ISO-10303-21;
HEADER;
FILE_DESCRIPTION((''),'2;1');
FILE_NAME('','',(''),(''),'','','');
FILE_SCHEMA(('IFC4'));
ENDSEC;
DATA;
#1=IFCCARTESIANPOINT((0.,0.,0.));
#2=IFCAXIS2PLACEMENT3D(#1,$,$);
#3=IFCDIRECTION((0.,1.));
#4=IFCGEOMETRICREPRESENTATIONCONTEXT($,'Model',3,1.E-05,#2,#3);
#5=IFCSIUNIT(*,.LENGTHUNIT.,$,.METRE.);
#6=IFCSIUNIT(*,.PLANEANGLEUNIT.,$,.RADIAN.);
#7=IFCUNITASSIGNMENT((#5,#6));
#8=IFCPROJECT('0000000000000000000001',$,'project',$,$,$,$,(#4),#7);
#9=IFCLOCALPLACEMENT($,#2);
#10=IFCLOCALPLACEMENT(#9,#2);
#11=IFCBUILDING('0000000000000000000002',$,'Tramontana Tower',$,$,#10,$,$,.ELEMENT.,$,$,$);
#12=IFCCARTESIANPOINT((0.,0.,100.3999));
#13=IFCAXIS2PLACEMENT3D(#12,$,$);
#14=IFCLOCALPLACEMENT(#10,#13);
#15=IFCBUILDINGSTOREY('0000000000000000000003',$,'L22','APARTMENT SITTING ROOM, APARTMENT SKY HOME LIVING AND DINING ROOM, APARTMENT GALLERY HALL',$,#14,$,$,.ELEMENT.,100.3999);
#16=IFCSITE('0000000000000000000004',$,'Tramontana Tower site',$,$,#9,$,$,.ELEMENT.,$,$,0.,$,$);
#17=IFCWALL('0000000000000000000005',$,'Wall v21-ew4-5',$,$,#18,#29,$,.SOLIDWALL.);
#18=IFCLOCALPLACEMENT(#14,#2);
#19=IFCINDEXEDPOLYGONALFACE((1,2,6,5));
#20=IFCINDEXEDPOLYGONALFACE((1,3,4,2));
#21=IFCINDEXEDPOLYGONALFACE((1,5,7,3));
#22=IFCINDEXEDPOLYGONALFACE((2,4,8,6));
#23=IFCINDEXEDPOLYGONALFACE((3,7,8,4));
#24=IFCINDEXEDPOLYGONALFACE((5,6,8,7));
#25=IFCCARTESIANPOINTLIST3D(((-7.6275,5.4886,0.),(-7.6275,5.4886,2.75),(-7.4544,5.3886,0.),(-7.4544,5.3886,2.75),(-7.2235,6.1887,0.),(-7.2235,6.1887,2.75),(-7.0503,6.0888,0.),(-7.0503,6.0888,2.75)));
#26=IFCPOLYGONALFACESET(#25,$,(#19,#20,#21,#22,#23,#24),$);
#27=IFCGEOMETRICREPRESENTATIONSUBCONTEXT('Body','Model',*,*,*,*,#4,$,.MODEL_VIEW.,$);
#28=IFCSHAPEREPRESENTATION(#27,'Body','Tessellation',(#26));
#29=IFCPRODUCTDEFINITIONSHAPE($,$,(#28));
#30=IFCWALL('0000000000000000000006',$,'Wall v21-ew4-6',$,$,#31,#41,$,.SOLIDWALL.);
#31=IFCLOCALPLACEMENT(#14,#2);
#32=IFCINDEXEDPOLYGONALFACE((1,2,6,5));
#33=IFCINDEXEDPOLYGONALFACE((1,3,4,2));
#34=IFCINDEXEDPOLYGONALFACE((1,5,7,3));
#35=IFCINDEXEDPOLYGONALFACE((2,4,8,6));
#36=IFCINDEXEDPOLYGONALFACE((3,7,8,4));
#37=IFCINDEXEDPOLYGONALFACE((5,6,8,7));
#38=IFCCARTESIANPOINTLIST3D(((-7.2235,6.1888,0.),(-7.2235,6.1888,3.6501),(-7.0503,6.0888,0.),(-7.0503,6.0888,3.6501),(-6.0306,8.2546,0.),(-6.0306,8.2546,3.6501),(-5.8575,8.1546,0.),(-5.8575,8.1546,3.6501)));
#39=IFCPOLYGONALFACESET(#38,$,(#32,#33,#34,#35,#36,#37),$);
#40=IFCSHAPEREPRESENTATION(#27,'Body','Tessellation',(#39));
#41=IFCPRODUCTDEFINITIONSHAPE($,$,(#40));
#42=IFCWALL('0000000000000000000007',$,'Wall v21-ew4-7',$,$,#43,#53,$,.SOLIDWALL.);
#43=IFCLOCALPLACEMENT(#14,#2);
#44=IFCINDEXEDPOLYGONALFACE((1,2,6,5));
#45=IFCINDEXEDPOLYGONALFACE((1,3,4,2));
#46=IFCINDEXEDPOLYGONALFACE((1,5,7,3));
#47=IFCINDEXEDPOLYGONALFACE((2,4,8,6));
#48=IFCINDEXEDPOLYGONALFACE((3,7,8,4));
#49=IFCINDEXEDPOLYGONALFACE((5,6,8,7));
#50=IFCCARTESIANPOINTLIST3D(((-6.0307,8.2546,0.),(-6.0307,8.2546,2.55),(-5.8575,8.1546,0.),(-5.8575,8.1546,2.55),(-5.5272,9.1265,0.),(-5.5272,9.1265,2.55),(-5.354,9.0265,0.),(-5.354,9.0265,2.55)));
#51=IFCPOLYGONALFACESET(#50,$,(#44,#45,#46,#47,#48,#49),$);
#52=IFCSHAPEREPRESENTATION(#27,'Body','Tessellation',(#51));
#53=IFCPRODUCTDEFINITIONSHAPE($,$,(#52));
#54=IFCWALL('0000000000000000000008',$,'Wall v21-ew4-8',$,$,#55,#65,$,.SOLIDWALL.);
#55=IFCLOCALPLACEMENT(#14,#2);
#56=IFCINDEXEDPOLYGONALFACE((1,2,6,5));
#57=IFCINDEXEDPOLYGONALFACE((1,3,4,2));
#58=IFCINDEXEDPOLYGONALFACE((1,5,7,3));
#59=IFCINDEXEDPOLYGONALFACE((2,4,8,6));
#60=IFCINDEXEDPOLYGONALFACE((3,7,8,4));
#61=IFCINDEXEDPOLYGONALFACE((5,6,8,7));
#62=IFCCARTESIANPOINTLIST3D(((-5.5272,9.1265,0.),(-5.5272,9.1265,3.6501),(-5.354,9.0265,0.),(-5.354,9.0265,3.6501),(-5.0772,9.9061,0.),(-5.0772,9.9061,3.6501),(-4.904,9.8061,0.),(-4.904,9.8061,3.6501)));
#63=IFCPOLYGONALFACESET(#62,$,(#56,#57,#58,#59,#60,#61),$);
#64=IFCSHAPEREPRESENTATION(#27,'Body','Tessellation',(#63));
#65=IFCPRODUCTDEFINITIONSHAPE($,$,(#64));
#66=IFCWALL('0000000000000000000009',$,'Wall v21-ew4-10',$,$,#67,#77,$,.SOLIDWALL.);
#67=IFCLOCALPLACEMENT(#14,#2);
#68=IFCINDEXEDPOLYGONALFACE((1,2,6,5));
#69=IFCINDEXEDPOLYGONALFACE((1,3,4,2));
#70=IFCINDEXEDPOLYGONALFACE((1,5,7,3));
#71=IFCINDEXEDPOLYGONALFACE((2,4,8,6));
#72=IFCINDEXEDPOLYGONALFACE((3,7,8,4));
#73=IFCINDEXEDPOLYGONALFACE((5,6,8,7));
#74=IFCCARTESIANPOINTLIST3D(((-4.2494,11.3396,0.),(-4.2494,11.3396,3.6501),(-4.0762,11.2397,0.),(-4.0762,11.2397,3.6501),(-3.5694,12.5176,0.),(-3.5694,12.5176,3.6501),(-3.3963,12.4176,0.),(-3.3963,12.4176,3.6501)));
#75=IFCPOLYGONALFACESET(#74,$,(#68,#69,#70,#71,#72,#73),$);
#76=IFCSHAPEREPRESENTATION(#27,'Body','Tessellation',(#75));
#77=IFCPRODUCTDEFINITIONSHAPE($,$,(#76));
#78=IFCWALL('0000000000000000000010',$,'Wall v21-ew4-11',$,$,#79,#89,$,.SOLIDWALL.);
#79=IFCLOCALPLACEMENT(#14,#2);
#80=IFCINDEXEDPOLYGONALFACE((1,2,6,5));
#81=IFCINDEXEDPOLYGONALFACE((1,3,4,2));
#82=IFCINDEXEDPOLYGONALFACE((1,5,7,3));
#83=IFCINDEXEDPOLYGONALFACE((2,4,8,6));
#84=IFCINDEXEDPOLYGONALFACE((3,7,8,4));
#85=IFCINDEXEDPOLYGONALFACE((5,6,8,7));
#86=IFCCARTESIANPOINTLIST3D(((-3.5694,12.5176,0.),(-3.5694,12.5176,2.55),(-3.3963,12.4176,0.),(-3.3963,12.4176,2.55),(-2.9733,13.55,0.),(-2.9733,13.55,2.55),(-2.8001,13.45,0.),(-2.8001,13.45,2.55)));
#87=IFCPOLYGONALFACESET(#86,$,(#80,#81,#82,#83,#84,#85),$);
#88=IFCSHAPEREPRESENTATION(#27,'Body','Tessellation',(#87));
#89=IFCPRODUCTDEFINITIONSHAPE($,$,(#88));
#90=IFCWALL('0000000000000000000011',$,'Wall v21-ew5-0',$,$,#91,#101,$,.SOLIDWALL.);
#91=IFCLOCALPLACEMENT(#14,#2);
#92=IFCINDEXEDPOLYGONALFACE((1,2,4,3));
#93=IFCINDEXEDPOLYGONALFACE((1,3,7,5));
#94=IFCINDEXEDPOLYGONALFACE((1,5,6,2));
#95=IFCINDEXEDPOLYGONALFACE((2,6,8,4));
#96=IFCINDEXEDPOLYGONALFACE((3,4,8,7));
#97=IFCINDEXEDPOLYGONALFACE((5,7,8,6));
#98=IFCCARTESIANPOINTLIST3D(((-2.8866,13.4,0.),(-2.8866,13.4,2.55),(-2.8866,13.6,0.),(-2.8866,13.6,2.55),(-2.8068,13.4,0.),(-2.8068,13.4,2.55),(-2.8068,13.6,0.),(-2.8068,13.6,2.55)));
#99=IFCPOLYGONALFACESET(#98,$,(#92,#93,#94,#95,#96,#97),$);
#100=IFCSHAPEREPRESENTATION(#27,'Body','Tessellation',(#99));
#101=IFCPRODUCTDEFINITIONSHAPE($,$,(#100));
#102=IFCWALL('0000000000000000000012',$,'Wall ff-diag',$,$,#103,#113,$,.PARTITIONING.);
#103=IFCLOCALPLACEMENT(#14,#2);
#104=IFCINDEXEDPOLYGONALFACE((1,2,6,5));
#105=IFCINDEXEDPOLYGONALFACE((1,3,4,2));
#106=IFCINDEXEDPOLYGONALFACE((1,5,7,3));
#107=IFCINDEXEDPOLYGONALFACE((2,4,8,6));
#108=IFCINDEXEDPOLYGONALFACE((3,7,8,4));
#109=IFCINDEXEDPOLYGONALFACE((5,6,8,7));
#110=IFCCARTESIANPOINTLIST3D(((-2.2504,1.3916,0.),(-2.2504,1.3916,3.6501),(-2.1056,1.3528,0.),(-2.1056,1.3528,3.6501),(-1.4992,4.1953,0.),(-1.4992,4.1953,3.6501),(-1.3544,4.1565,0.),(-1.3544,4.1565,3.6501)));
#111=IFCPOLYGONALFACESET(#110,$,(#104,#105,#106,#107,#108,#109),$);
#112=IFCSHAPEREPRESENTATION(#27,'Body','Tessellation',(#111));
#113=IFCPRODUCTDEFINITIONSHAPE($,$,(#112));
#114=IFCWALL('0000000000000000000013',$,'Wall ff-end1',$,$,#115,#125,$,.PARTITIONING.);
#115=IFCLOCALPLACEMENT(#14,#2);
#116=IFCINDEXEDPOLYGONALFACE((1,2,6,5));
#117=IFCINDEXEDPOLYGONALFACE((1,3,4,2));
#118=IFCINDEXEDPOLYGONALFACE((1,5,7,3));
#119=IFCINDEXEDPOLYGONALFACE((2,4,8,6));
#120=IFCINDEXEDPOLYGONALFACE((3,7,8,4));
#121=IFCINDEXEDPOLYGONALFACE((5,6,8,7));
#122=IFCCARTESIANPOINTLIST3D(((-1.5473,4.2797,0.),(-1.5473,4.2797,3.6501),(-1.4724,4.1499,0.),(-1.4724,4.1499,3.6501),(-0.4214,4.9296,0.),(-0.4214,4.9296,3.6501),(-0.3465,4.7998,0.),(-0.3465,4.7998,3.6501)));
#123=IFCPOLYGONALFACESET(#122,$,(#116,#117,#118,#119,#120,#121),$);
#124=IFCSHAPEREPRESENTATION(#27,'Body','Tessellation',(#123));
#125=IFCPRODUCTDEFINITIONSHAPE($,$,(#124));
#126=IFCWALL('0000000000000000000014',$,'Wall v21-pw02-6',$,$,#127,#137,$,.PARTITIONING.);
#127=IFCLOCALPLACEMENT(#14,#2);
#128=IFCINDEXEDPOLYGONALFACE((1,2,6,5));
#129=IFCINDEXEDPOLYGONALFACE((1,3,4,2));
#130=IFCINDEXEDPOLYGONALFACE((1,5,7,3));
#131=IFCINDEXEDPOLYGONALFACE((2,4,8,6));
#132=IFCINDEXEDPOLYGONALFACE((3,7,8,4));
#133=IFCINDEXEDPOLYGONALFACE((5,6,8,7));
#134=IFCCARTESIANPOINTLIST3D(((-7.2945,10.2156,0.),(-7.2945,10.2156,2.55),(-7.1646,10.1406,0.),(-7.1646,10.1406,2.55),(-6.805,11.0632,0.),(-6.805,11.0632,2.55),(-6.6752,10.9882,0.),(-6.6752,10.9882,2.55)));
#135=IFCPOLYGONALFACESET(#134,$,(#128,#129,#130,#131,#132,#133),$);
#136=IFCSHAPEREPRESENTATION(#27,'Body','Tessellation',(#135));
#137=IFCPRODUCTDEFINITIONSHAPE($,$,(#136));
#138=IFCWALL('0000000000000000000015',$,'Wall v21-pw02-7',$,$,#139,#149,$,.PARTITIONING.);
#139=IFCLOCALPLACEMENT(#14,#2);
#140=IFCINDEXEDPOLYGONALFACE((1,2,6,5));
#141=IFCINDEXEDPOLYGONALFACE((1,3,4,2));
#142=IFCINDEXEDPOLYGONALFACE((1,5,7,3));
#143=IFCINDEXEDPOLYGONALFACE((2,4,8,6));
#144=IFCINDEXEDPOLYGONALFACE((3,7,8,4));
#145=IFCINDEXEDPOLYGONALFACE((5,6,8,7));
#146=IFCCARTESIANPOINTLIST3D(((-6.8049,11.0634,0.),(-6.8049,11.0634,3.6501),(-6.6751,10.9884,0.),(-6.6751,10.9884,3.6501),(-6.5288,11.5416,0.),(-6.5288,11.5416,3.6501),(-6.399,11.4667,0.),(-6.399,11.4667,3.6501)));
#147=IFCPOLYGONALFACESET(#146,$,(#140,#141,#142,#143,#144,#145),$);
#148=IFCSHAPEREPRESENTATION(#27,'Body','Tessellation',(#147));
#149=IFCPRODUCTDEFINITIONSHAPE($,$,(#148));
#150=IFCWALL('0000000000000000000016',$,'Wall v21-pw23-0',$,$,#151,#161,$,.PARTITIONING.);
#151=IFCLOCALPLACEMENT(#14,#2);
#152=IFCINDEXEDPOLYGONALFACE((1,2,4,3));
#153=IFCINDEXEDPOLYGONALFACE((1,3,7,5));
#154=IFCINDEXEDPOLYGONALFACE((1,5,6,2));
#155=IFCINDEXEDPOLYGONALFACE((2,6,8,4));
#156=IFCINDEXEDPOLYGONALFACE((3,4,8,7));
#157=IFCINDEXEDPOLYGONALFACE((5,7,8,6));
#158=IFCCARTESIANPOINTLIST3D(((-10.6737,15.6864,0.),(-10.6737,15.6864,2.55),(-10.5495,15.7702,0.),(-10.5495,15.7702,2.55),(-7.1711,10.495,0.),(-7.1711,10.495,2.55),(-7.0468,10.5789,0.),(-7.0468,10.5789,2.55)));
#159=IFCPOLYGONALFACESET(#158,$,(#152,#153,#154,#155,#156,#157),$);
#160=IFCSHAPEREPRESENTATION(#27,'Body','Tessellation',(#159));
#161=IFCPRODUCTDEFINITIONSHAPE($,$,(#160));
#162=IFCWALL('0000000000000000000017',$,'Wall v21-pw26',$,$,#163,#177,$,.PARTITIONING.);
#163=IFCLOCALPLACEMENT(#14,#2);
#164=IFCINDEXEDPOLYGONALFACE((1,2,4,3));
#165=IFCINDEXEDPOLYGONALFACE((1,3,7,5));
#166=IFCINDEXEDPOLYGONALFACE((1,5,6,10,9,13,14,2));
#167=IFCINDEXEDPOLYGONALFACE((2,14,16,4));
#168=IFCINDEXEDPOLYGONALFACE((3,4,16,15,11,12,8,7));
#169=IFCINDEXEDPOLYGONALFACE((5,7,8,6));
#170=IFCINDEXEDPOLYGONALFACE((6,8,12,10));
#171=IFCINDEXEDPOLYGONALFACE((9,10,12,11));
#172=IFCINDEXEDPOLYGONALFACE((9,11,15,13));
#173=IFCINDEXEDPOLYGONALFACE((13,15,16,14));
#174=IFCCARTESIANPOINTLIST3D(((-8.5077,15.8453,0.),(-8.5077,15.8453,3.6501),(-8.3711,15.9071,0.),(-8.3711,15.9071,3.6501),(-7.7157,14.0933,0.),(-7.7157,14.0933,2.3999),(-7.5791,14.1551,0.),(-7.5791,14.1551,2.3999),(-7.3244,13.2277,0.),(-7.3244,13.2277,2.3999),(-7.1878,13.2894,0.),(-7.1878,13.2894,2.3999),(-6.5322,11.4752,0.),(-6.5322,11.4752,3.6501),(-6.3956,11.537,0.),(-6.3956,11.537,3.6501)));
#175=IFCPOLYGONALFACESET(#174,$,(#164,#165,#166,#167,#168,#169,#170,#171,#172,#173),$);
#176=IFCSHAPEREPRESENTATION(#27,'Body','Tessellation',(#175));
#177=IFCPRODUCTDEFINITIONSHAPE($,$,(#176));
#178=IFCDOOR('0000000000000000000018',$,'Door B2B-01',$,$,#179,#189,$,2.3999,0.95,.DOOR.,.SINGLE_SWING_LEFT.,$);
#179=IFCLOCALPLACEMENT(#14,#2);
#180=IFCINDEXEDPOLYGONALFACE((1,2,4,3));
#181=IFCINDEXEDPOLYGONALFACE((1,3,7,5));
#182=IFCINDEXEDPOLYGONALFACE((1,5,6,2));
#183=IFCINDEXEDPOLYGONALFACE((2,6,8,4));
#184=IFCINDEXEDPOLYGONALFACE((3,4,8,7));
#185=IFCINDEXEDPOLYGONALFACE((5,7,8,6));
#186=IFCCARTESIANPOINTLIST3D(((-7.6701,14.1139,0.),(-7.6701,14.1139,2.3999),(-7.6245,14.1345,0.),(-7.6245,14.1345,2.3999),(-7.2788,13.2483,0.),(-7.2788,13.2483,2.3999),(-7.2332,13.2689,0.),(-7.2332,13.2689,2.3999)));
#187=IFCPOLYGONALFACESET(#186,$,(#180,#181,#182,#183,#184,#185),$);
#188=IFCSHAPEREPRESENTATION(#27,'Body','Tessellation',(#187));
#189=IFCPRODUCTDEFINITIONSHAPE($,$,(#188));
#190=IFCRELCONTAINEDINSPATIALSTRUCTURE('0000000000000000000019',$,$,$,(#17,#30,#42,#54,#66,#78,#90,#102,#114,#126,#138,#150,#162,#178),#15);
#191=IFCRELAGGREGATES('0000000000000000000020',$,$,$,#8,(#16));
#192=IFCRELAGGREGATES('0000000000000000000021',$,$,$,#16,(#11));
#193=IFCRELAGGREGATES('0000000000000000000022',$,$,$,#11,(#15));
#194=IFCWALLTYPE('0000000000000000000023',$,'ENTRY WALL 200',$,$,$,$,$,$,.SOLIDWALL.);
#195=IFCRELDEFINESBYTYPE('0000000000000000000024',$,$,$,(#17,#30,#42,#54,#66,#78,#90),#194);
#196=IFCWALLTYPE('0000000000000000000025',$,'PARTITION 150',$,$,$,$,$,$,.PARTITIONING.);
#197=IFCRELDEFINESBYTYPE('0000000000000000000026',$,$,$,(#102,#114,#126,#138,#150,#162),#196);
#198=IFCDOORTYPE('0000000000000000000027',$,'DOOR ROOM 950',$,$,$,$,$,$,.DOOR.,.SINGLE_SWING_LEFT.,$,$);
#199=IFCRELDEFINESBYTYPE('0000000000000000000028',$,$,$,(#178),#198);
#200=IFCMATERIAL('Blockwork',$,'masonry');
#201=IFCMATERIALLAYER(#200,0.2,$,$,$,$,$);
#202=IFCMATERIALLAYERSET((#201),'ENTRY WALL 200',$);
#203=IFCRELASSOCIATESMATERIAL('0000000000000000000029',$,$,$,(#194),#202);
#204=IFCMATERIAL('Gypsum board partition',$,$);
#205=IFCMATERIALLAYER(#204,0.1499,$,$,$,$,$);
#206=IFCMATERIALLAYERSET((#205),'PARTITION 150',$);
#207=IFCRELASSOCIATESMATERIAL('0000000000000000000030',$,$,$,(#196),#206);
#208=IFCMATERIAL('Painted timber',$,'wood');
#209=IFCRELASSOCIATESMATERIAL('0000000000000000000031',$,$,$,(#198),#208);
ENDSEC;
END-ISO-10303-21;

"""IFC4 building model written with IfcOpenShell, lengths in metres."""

from ifc_helpers import new_model, si_unit, direction, frame, frame_2d, origin, place, context, subcontext, project, spatial, rectangle, extrude, material, layer, layer_set, type_object, element, fill, save


model = new_model("IFC4")

# Units and contexts
model_context = context("Model", 3, precision=1e-05, world=origin(), true_north=direction((0.0, 1.0)))
body_context = subcontext(model_context, "Body", "Model", "MODEL_VIEW")
ifc_project = project(units=[si_unit("LENGTHUNIT", "METRE"), si_unit("PLANEANGLEUNIT", "RADIAN")], contexts=[model_context])

# Site, building, storey
site_placement = place(None, origin())
site = spatial("IfcSite", under=ifc_project, at=site_placement, Name="Tramontana Tower site", CompositionType="ELEMENT", RefElevation=0.0)
building_placement = place(site_placement, origin())
building = spatial("IfcBuilding", under=site, at=building_placement, Name="Tramontana Tower", CompositionType="ELEMENT")
storey_placement = place(building_placement, frame((0.0, 0.0, 100.3999)))
storey = spatial("IfcBuildingStorey", under=building, at=storey_placement, Name="L22", Description="APARTMENT SITTING ROOM, APARTMENT SKY HOME LIVING AND DINING ROOM, APARTMENT GALLERY HALL", CompositionType="ELEMENT", Elevation=100.3999)

# Walls
ifc_material_1 = material(Name="Blockwork", Category="masonry")
ifc_layer_1 = layer(ifc_material_1, 0.2)
ifc_layer_set_1 = layer_set([ifc_layer_1], Name="ENTRY WALL 200")
wall_type_1 = type_object("IfcWallType", Name="ENTRY WALL 200", PredefinedType="SOLIDWALL", material=ifc_layer_set_1)
wall_1_placement = place(storey_placement, frame((-7.541, 5.4385, 0.0), z_axis=(0.0, 0.0, 1.0), x_axis=(0.49981, 0.866135, 0.0)))
element("IfcWall", 1, at=wall_1_placement, inside=storey, type_object=wall_type_1, Name="Wall v21-ew4-5", PredefinedType="SOLIDWALL", context=body_context, shape_type="SweptSolid", body=[
    extrude(rectangle(XDim=0.8083, YDim=0.2, at=frame_2d((0.4043, 0.0))), origin(), (0.0, 0.0, 1.0), 2.75),
])
wall_2_placement = place(storey_placement, frame((-7.137, 6.1387, 0.0), z_axis=(0.0, 0.0, 1.0), x_axis=(0.500035, 0.866005, 0.0)))
element("IfcWall", 2, at=wall_2_placement, inside=storey, type_object=wall_type_1, Name="Wall v21-ew4-6", PredefinedType="SOLIDWALL", context=body_context, shape_type="SweptSolid", body=[
    extrude(rectangle(XDim=2.3855, YDim=0.2, at=frame_2d((1.1929, 0.0))), origin(), (0.0, 0.0, 1.0), 3.6501),
])
wall_3_placement = place(storey_placement, frame((-5.9441, 8.2046, 0.0), z_axis=(0.0, 0.0, 1.0), x_axis=(0.500051, 0.865996, 0.0)))
element("IfcWall", 3, at=wall_3_placement, inside=storey, type_object=wall_type_1, Name="Wall v21-ew4-7", PredefinedType="SOLIDWALL", context=body_context, shape_type="SweptSolid", body=[
    extrude(rectangle(XDim=1.0068, YDim=0.2, at=frame_2d((0.5034, 0.0))), origin(), (0.0, 0.0, 1.0), 2.55),
])
wall_4_placement = place(storey_placement, frame((-5.4407, 9.0764, 0.0), z_axis=(0.0, 0.0, 1.0), x_axis=(0.499902, 0.866082, 0.0)))
element("IfcWall", 4, at=wall_4_placement, inside=storey, type_object=wall_type_1, Name="Wall v21-ew4-8", PredefinedType="SOLIDWALL", context=body_context, shape_type="SweptSolid", body=[
    extrude(rectangle(XDim=0.9001, YDim=0.2, at=frame_2d((0.4502, 0.0))), origin(), (0.0, 0.0, 1.0), 3.6501),
])

# Walls
wall_5_placement = place(storey_placement, frame((-4.1628, 11.2896, 0.0), z_axis=(0.0, 0.0, 1.0), x_axis=(0.499904, 0.866081, 0.0)))
element("IfcWall", 5, at=wall_5_placement, inside=storey, type_object=wall_type_1, Name="Wall v21-ew4-10", PredefinedType="SOLIDWALL", context=body_context, shape_type="SweptSolid", body=[
    extrude(rectangle(XDim=1.3601, YDim=0.2, at=frame_2d((0.6802, 0.0))), origin(), (0.0, 0.0, 1.0), 3.6501),
])
wall_6_placement = place(storey_placement, frame((-3.4829, 12.4675, 0.0), z_axis=(0.0, 0.0, 1.0), x_axis=(0.500059, 0.865991, 0.0)))
element("IfcWall", 6, at=wall_6_placement, inside=storey, type_object=wall_type_1, Name="Wall v21-ew4-11", PredefinedType="SOLIDWALL", context=body_context, shape_type="SweptSolid", body=[
    extrude(rectangle(XDim=1.1921, YDim=0.2, at=frame_2d((0.5962, 0.0))), origin(), (0.0, 0.0, 1.0), 2.55),
])
wall_7_placement = place(storey_placement, frame((-2.8867, 13.5, 0.0), z_axis=(0.0, 0.0, 1.0), x_axis=(1.0, 0.0, 0.0)))
element("IfcWall", 7, at=wall_7_placement, inside=storey, type_object=wall_type_1, Name="Wall v21-ew5-0", PredefinedType="SOLIDWALL", context=body_context, shape_type="SweptSolid", body=[
    extrude(rectangle(XDim=0.0798, YDim=0.2, at=frame_2d((0.04, 0.0))), origin(), (0.0, 0.0, 1.0), 2.55),
])
ifc_material_2 = material(Name="Gypsum board partition")
ifc_layer_2 = layer(ifc_material_2, 0.1499)
ifc_layer_set_2 = layer_set([ifc_layer_2], Name="PARTITION 150")
wall_type_2 = type_object("IfcWallType", Name="PARTITION 150", PredefinedType="PARTITIONING", material=ifc_layer_set_2)
wall_8_placement = place(storey_placement, frame((-2.178, 1.3723, 0.0), z_axis=(0.0, 0.0, 1.0), x_axis=(0.258809, 0.965929, 0.0)))
element("IfcWall", 8, at=wall_8_placement, inside=storey, type_object=wall_type_2, Name="Wall ff-diag", PredefinedType="PARTITIONING", context=body_context, shape_type="SweptSolid", body=[
    extrude(rectangle(XDim=2.9026, YDim=0.1499, at=frame_2d((1.4512, 0.0))), origin(), (0.0, 0.0, 1.0), 3.6501),
])
wall_9_placement = place(storey_placement, frame((-1.5098, 4.2148, 0.0), z_axis=(0.0, 0.0, 1.0), x_axis=(0.866086, 0.499896, 0.0)))
element("IfcWall", 9, at=wall_9_placement, inside=storey, type_object=wall_type_2, Name="Wall ff-end1", PredefinedType="PARTITIONING", context=body_context, shape_type="SweptSolid", body=[
    extrude(rectangle(XDim=1.3, YDim=0.1499, at=frame_2d((0.6499, 0.0))), origin(), (0.0, 0.0, 1.0), 3.6501),
])
wall_10_placement = place(storey_placement, frame((-7.2295, 10.1782, 0.0), z_axis=(0.0, 0.0, 1.0), x_axis=(0.500082, 0.865978, 0.0)))
element("IfcWall", 10, at=wall_10_placement, inside=storey, type_object=wall_type_2, Name="Wall v21-pw02-6", PredefinedType="PARTITIONING", context=body_context, shape_type="SweptSolid", body=[
    extrude(rectangle(XDim=0.9788, YDim=0.1499, at=frame_2d((0.4893, 0.0))), origin(), (0.0, 0.0, 1.0), 2.55),
])
wall_11_placement = place(storey_placement, frame((-6.74, 11.0259, 0.0), z_axis=(0.0, 0.0, 1.0), x_axis=(0.49999, 0.866031, 0.0)))
element("IfcWall", 11, at=wall_11_placement, inside=storey, type_object=wall_type_2, Name="Wall v21-pw02-7", PredefinedType="PARTITIONING", context=body_context, shape_type="SweptSolid", body=[
    extrude(rectangle(XDim=0.5522, YDim=0.1499, at=frame_2d((0.2761, 0.0))), origin(), (0.0, 0.0, 1.0), 3.6501),
])

# Wall
wall_12_placement = place(storey_placement, frame((-7.1089, 10.5369, 0.0), z_axis=(0.0, 0.0, 1.0), x_axis=(-0.559307, 0.828961, 0.0)))
element("IfcWall", 12, at=wall_12_placement, inside=storey, type_object=wall_type_2, Name="Wall v21-pw23-0", PredefinedType="PARTITIONING", context=body_context, shape_type="SweptSolid", body=[
    extrude(rectangle(XDim=6.2625, YDim=0.1499, at=frame_2d((3.1313, 0.0))), origin(), (0.0, 0.0, 1.0), 2.55),
])

# Wall, opening, door
wall_13_placement = place(storey_placement, frame((-6.4639, 11.5061, 0.0), z_axis=(0.0, 0.0, 1.0), x_axis=(-0.41193, 0.911215, 0.0)))
wall_13 = element("IfcWall", 13, at=wall_13_placement, inside=storey, type_object=wall_type_2, Name="Wall v21-pw26", PredefinedType="PARTITIONING", context=body_context, shape_type="SweptSolid", body=[
    extrude(rectangle(XDim=4.7959, YDim=0.1499, at=frame_2d((2.3979, 0.0))), origin(), (0.0, 0.0, 1.0), 3.6501),
])
opening_1_placement = place(wall_13_placement, frame((1.9231, 0.0, 0.0)))
opening_1 = element("IfcOpeningElement", 14, at=opening_1_placement, cuts=wall_13, PredefinedType="OPENING", context=body_context, shape_type="SweptSolid", body=[
    extrude(rectangle(XDim=0.95, YDim=2.3999, at=frame_2d((0.4751, 1.2))), frame((0.0, 0.085, 0.0), z_axis=(0.0, -1.0, 0.0), x_axis=(1.0, 0.0, 0.0)), (0.0, 0.0, 1.0), 0.1699),
])
ifc_material_3 = material(Name="Painted timber", Category="wood")
door_type_1 = type_object("IfcDoorType", Name="DOOR ROOM 950", OperationType="SINGLE_SWING_LEFT", PredefinedType="DOOR", material=ifc_material_3)
door_1_placement = place(opening_1_placement, origin())
door_1 = element("IfcDoor", 15, at=door_1_placement, inside=storey, type_object=door_type_1, Name="Door B2B-01", OperationType="SINGLE_SWING_LEFT", OverallHeight=2.3999, OverallWidth=0.95, PredefinedType="DOOR", context=body_context, shape_type="SweptSolid", body=[
    extrude(rectangle(XDim=0.95, YDim=2.3999, at=frame_2d((0.4751, 1.2))), frame((0.0, 0.0249, 0.0), z_axis=(0.0, -1.0, 0.0), x_axis=(1.0, 0.0, 0.0)), (0.0, 0.0, 1.0), 0.05),
])
fill(opening_1, door_1)

save(model, "model.ifc")
